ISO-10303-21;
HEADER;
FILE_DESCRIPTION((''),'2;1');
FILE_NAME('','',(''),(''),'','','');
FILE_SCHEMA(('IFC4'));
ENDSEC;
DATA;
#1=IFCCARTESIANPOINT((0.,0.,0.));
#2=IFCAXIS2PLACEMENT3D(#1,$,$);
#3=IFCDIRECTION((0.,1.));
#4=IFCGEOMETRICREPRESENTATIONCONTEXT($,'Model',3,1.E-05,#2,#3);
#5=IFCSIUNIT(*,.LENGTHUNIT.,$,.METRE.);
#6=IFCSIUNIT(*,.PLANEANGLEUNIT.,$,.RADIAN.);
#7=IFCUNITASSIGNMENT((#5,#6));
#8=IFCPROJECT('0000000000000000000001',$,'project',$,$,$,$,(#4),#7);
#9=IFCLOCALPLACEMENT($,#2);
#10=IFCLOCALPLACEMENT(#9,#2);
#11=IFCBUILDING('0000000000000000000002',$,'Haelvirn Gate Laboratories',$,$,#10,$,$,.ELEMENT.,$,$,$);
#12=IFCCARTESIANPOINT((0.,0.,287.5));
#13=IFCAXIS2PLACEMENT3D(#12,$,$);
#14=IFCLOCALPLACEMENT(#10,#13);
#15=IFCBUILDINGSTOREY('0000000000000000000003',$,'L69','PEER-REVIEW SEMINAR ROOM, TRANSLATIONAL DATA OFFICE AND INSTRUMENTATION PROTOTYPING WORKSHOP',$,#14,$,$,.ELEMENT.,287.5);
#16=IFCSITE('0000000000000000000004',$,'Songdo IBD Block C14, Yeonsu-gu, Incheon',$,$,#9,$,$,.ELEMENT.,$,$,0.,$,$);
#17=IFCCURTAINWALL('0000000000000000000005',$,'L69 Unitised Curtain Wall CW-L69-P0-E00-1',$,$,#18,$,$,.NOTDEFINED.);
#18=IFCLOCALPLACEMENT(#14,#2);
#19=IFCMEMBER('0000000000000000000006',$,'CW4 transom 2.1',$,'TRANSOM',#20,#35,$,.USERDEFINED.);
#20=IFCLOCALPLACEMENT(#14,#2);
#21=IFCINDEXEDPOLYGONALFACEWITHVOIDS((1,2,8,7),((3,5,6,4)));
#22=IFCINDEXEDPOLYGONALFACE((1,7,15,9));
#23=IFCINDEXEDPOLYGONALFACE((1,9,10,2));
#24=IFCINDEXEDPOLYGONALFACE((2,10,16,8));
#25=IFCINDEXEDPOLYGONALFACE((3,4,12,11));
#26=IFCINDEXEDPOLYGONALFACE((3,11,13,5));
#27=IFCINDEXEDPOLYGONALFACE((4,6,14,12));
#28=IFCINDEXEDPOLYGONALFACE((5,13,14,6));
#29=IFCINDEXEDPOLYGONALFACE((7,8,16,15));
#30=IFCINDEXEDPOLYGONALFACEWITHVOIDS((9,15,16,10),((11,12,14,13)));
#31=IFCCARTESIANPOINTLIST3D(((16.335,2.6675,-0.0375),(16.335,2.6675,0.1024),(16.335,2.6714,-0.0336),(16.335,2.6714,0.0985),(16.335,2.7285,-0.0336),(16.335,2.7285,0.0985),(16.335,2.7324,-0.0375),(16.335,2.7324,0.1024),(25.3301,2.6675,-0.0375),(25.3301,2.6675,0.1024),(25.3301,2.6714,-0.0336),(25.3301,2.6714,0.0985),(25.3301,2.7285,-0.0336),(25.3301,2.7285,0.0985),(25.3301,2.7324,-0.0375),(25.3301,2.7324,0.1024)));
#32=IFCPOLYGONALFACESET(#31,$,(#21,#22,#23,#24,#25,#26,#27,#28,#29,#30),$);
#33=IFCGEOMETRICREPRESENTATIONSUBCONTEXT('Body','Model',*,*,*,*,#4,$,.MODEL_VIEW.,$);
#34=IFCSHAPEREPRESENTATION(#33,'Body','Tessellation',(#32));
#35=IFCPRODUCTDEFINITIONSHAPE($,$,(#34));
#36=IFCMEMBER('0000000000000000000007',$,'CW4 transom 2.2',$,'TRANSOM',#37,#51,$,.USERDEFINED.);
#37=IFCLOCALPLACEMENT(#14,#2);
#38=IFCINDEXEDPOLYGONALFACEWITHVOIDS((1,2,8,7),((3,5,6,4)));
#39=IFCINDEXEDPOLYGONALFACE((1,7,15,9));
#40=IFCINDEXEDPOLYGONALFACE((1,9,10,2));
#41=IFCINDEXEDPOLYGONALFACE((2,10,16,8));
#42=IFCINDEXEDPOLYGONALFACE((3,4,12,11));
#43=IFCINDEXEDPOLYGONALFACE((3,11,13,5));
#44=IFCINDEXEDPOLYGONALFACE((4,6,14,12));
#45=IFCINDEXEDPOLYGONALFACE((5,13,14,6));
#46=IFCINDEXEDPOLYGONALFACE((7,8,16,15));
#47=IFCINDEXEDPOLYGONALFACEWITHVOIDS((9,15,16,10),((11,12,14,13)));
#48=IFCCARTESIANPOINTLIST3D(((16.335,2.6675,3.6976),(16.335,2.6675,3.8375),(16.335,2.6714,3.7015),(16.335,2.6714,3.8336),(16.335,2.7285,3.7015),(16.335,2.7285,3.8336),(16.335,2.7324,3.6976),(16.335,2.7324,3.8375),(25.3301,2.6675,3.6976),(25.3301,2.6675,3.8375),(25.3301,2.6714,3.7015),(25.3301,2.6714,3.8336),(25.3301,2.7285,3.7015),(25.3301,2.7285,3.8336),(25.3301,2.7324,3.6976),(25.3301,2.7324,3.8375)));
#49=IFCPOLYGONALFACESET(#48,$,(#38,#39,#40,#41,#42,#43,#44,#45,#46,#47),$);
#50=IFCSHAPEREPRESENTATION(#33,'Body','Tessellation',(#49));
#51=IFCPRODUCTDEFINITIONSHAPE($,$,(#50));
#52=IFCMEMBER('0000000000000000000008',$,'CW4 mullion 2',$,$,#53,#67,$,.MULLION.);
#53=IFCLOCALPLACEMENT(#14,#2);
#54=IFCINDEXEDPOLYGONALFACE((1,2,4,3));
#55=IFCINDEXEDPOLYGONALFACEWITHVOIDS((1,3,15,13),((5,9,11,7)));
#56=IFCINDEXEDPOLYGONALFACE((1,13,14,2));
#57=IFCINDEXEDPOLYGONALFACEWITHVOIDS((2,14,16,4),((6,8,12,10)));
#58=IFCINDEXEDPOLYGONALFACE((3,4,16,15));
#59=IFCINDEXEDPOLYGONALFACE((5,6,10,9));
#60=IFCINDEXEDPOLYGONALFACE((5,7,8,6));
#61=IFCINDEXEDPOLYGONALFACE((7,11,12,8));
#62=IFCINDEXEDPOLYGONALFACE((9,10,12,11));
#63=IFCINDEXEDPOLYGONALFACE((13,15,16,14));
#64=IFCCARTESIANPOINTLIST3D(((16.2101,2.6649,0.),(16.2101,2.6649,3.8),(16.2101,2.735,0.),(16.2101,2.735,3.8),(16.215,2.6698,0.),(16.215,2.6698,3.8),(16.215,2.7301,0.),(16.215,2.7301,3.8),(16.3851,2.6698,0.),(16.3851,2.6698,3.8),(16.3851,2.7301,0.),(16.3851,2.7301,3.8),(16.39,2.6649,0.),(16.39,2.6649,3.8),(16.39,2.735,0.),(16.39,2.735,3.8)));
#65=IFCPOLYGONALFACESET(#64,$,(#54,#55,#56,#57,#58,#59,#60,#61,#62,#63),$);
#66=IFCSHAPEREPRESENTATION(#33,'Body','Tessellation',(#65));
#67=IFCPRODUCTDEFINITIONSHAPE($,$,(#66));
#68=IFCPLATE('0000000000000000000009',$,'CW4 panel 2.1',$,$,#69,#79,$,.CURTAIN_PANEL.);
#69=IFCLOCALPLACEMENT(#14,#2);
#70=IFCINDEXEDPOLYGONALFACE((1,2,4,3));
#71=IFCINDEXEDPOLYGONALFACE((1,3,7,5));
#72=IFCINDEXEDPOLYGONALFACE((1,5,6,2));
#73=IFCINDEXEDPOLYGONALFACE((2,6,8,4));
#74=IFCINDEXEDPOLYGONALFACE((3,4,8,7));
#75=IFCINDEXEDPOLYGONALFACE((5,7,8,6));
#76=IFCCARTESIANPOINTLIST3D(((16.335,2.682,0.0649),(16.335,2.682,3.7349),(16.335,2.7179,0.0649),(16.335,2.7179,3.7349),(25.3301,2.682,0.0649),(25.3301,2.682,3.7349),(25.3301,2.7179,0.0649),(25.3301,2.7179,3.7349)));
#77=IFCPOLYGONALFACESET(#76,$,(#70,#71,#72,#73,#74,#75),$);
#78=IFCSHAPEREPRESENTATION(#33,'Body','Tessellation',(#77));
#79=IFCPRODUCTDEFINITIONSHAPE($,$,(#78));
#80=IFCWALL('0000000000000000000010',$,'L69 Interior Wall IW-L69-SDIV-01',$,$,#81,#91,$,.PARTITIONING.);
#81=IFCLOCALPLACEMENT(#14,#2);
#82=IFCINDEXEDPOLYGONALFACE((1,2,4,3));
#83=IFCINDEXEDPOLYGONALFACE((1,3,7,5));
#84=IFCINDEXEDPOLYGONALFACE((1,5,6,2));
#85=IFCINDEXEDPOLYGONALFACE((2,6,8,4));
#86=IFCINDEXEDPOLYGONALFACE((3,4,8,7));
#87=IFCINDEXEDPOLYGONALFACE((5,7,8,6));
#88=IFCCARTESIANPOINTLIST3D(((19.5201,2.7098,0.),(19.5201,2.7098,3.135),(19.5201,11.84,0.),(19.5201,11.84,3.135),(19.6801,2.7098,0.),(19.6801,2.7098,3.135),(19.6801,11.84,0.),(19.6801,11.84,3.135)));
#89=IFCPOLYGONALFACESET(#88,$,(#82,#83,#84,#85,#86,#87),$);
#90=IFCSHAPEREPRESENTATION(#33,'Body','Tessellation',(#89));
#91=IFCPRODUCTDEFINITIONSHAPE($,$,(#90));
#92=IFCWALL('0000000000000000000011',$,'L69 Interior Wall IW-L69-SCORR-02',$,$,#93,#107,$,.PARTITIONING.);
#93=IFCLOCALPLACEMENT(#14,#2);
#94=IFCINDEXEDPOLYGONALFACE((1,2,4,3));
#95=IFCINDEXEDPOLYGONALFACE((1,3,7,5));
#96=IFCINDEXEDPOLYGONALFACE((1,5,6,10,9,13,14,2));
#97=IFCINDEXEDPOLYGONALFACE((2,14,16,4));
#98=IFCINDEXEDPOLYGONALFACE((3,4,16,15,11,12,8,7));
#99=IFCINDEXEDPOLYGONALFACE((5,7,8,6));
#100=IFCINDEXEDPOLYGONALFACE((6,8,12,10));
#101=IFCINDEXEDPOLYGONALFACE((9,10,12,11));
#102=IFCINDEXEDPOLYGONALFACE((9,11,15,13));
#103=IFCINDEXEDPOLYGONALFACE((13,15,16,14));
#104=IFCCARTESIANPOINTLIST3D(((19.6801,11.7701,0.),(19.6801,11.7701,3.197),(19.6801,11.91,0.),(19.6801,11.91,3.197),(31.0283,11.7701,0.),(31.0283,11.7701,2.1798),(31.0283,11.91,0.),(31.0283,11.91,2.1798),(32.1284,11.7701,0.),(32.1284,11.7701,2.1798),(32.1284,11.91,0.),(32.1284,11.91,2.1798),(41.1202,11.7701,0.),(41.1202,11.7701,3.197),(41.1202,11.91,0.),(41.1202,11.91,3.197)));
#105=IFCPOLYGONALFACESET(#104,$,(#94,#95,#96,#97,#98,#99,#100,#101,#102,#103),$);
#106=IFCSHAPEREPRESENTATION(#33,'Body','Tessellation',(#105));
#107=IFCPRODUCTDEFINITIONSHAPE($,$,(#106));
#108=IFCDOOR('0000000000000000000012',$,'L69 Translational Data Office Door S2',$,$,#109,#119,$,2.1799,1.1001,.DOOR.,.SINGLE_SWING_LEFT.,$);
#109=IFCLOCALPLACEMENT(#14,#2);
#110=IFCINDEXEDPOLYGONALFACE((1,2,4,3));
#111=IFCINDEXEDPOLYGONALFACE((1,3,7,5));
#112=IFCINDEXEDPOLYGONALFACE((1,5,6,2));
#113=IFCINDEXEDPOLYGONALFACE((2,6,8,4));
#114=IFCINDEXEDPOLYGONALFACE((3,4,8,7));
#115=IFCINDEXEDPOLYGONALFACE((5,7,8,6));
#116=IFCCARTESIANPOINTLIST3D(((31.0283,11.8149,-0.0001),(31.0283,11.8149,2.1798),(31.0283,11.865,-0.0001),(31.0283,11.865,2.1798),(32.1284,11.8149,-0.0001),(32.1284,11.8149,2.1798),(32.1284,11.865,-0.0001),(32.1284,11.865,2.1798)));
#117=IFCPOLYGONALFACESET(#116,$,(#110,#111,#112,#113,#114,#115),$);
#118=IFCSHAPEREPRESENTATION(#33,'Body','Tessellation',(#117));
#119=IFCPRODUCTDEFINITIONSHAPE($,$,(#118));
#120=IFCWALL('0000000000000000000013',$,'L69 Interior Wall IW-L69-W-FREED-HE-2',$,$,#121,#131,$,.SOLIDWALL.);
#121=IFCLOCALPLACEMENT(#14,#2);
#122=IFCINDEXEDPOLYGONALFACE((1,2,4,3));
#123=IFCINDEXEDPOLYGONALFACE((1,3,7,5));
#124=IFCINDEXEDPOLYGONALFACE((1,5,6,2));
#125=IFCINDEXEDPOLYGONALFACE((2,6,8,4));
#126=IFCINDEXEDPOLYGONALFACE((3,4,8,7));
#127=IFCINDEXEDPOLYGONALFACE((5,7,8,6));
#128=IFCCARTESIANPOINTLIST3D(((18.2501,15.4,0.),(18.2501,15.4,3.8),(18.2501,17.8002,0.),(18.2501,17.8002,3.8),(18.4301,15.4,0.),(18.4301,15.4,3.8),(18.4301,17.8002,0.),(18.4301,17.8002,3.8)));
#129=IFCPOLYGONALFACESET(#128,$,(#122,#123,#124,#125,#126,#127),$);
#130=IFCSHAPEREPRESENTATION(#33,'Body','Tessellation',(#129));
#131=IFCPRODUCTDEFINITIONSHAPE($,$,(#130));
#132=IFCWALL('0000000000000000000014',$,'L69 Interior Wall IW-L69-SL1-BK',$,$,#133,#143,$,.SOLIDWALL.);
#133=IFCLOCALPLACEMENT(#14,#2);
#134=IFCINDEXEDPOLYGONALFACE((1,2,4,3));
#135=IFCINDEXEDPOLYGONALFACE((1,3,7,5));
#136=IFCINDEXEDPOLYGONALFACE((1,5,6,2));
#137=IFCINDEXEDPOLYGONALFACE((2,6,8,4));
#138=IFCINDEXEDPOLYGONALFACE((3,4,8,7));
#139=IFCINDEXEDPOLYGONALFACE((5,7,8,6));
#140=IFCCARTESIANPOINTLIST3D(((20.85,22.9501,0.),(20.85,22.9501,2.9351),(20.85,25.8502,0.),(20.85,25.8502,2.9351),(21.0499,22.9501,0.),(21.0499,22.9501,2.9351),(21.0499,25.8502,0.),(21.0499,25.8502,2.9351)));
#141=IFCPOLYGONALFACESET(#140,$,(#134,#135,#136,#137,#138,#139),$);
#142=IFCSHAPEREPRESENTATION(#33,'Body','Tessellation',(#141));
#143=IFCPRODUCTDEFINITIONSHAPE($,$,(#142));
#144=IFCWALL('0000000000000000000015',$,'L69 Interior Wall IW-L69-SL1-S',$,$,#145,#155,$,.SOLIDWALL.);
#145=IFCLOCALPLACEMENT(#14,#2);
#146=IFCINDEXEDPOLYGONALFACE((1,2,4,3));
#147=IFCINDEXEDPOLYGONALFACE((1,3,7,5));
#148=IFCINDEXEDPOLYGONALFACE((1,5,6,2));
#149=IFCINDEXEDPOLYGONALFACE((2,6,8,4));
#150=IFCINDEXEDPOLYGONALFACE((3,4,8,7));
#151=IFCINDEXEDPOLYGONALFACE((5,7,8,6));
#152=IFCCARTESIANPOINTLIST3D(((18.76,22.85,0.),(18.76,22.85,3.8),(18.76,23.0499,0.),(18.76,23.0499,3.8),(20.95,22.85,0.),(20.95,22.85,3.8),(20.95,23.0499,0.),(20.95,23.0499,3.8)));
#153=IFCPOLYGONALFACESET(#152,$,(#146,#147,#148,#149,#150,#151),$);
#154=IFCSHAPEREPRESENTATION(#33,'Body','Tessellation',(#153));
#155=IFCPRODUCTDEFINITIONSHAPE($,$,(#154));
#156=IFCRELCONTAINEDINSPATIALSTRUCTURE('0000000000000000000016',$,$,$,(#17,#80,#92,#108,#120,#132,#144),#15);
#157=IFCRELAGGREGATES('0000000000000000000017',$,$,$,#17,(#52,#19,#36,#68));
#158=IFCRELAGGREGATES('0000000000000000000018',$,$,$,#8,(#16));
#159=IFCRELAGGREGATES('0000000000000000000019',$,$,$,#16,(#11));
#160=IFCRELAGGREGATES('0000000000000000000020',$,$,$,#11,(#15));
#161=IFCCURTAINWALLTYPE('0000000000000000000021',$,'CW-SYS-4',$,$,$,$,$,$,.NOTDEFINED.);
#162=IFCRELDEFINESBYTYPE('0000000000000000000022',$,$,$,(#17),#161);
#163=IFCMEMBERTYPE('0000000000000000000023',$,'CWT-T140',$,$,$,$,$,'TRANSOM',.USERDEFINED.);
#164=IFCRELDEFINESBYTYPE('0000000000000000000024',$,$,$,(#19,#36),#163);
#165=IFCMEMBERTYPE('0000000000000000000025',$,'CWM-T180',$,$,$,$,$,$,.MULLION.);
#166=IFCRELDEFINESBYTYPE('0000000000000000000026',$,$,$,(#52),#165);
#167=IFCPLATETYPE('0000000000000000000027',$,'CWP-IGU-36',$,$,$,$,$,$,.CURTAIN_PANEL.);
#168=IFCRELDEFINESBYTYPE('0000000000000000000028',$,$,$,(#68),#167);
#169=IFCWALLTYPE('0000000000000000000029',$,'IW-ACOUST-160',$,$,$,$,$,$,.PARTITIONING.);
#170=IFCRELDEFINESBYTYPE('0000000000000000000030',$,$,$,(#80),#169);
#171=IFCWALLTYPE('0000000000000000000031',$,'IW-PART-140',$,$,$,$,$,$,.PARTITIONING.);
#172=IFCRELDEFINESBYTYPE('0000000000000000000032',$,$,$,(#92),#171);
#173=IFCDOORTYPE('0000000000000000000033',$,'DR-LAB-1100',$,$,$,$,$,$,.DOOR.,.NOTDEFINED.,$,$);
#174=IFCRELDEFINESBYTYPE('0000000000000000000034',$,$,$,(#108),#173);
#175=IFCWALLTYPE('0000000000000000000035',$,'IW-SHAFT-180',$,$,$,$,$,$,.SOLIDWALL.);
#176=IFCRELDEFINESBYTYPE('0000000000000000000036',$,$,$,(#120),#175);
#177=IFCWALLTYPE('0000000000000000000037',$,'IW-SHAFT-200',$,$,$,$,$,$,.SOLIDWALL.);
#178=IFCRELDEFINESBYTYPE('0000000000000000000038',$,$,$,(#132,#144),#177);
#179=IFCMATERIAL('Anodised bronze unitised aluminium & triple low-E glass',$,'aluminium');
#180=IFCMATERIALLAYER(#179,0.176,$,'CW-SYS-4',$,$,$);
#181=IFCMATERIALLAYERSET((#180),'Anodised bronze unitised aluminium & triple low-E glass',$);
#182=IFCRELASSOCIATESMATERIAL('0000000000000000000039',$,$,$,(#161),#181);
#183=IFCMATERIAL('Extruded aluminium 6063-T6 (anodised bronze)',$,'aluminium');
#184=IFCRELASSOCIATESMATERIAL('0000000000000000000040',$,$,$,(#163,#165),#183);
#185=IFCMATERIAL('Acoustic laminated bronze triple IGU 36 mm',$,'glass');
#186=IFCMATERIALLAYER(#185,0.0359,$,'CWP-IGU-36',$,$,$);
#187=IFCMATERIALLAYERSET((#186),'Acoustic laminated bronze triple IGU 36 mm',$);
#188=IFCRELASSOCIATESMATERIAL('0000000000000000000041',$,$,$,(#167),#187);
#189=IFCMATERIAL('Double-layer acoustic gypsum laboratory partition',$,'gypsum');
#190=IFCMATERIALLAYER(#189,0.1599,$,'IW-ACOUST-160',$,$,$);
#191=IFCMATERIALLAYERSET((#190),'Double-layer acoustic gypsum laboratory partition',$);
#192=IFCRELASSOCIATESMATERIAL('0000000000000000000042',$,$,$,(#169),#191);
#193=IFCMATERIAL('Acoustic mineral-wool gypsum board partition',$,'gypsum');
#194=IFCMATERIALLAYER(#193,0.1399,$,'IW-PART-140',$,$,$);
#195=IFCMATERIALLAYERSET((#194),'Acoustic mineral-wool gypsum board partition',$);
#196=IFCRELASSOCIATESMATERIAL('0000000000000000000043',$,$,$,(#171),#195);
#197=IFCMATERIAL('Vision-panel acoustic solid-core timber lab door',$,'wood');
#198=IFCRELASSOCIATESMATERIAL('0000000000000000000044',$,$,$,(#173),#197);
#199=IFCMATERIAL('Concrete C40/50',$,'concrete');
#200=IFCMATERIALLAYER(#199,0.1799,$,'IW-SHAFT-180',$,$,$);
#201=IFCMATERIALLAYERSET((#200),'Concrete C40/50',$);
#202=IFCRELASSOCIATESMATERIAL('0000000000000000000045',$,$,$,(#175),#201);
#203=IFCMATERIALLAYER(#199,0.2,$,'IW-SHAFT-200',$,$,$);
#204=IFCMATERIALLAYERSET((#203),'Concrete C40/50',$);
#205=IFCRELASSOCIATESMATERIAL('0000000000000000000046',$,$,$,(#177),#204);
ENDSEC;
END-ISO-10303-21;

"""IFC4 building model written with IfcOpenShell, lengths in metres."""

from ifc_helpers import new_model, si_unit, direction, frame, frame_2d, origin, origin_2d, place, context, subcontext, project, spatial, rectangle, hollow_rectangle, extrude, source, transform, mapped, material, layer, layer_set, material_profile, profile_set, type_object, type_shapes, element, fill, aggregate, save


model = new_model("IFC4")

# Units and contexts
model_context = context("Model", 3, precision=1e-05, world=origin(), true_north=direction((0.0, 1.0)))
body_context = subcontext(model_context, "Body", "Model", "MODEL_VIEW")
ifc_project = project(units=[si_unit("LENGTHUNIT", "METRE"), si_unit("PLANEANGLEUNIT", "RADIAN")], contexts=[model_context])

# Site, building, storey
site_placement = place(None, origin())
site = spatial("IfcSite", under=ifc_project, at=site_placement, Name="Songdo IBD Block C14, Yeonsu-gu, Incheon", CompositionType="ELEMENT", RefElevation=0.0)
building_placement = place(site_placement, origin())
building = spatial("IfcBuilding", under=site, at=building_placement, Name="Haelvirn Gate Laboratories", CompositionType="ELEMENT")
storey_placement = place(building_placement, frame((0.0, 0.0, 287.5)))
storey = spatial("IfcBuildingStorey", under=building, at=storey_placement, Name="L69", Description="PEER-REVIEW SEMINAR ROOM, TRANSLATIONAL DATA OFFICE AND INSTRUMENTATION PROTOTYPING WORKSHOP", CompositionType="ELEMENT", Elevation=287.5)

# Curtain wall, members, plate
ifc_material_1 = material(Name="Anodised bronze unitised aluminium & triple low-E glass", Category="aluminium")
ifc_layer_1 = layer(ifc_material_1, 0.176, Name="CW-SYS-4")
ifc_layer_set_1 = layer_set([ifc_layer_1], Name="Anodised bronze unitised aluminium & triple low-E glass")
curtain_wall_type = type_object("IfcCurtainWallType", Name="CW-SYS-4", PredefinedType="NOTDEFINED", material=ifc_layer_set_1)
curtain_wall_placement = place(storey_placement, origin())
curtain_wall = element("IfcCurtainWall", 1, at=curtain_wall_placement, inside=storey, type_object=curtain_wall_type, Name="L69 Unitised Curtain Wall CW-L69-P0-E00-1", PredefinedType="NOTDEFINED")
ifc_material_2 = material(Name="Extruded aluminium 6063-T6 (anodised bronze)", Category="aluminium")
ifc_material_profile_1 = material_profile(ifc_material_2, hollow_rectangle(XDim=0.0649, YDim=0.1399, WallThickness=0.0039, at=origin_2d()), Name="CWT-140x65x4")
ifc_profile_set_1 = profile_set([ifc_material_profile_1], Name="Extruded aluminium 6063-T6 (anodised bronze)")
member_type_1 = type_object("IfcMemberType", Name="CWT-T140", ElementType="TRANSOM", PredefinedType="USERDEFINED", material=ifc_profile_set_1)
shared_shape_1 = source(origin(), body_context, "Body", "SweptSolid", [
    extrude(hollow_rectangle(XDim=0.0649, YDim=0.1399, WallThickness=0.0039, at=origin_2d()), origin(), (0.0, 0.0, 1.0), 8.9951),
])
type_shapes(member_type_1, [shared_shape_1])
member_1_placement = place(storey_placement, frame((16.335, 2.7, 0.0325), z_axis=(1.0, 0.0, 0.0), x_axis=(0.0, 1.0, 0.0)))
member_1 = element("IfcMember", 2, at=member_1_placement, type_object=member_type_1, Name="CW4 transom 2.1", ObjectType="TRANSOM", PredefinedType="USERDEFINED", context=body_context, shape_type="MappedRepresentation", body=[
    mapped(shared_shape_1, transform((0.0, 0.0, 0.0), scale=1.0)),
])
member_2_placement = place(storey_placement, frame((16.335, 2.7, 3.7676), z_axis=(1.0, 0.0, 0.0), x_axis=(0.0, 1.0, 0.0)))
member_2 = element("IfcMember", 3, at=member_2_placement, type_object=member_type_1, Name="CW4 transom 2.2", ObjectType="TRANSOM", PredefinedType="USERDEFINED", context=body_context, shape_type="MappedRepresentation", body=[
    mapped(shared_shape_1, transform((0.0, 0.0, 0.0), scale=1.0)),
])
ifc_material_profile_2 = material_profile(ifc_material_2, hollow_rectangle(XDim=0.0701, YDim=0.1799, WallThickness=0.0049, at=origin_2d()), Name="CWM-180x70x5")
ifc_profile_set_2 = profile_set([ifc_material_profile_2], Name="Extruded aluminium 6063-T6 (anodised bronze)")
member_type_2 = type_object("IfcMemberType", Name="CWM-T180", PredefinedType="MULLION", material=ifc_profile_set_2)
shared_shape_2 = source(origin(), body_context, "Body", "SweptSolid", [
    extrude(hollow_rectangle(XDim=0.0701, YDim=0.1799, WallThickness=0.0049, at=origin_2d()), origin(), (0.0, 0.0, 1.0), 3.8),
])
type_shapes(member_type_2, [shared_shape_2])
member_3_placement = place(storey_placement, frame((16.3, 2.7, 0.0), z_axis=(0.0, 0.0, 1.0), x_axis=(0.0, 1.0, 0.0)))
member_3 = element("IfcMember", 4, at=member_3_placement, type_object=member_type_2, Name="CW4 mullion 2", PredefinedType="MULLION", context=body_context, shape_type="MappedRepresentation", body=[
    mapped(shared_shape_2, transform((0.0, 0.0, 0.0), scale=1.0)),
])
ifc_material_3 = material(Name="Acoustic laminated bronze triple IGU 36 mm", Category="glass")
ifc_layer_2 = layer(ifc_material_3, 0.0359, Name="CWP-IGU-36")
ifc_layer_set_2 = layer_set([ifc_layer_2], Name="Acoustic laminated bronze triple IGU 36 mm")
plate_type = type_object("IfcPlateType", Name="CWP-IGU-36", PredefinedType="CURTAIN_PANEL", material=ifc_layer_set_2)
shared_shape_3 = source(origin(), body_context, "Body", "SweptSolid", [
    extrude(rectangle(XDim=8.9951, YDim=0.0359, at=origin_2d()), origin(), (0.0, 0.0, 1.0), 3.6699),
])
type_shapes(plate_type, [shared_shape_3])
plate_placement = place(storey_placement, frame((20.8325, 2.7, 0.0649), z_axis=(0.0, 0.0, 1.0), x_axis=(1.0, 0.0, 0.0)))
plate = element("IfcPlate", 5, at=plate_placement, type_object=plate_type, Name="CW4 panel 2.1", PredefinedType="CURTAIN_PANEL", context=body_context, shape_type="MappedRepresentation", body=[
    mapped(shared_shape_3, transform((0.0, 0.0, 0.0), scale=1.0)),
])
aggregate(curtain_wall, [member_3, member_1, member_2, plate])

# Wall
ifc_material_4 = material(Name="Double-layer acoustic gypsum laboratory partition", Category="gypsum")
ifc_layer_3 = layer(ifc_material_4, 0.1599, Name="IW-ACOUST-160")
ifc_layer_set_3 = layer_set([ifc_layer_3], Name="Double-layer acoustic gypsum laboratory partition")
wall_type_1 = type_object("IfcWallType", Name="IW-ACOUST-160", PredefinedType="PARTITIONING", material=ifc_layer_set_3)
wall_1_placement = place(storey_placement, frame((19.6001, 2.71, 0.0), z_axis=(0.0, 0.0, 1.0), x_axis=(0.0, 1.0, 0.0)))
element("IfcWall", 6, at=wall_1_placement, inside=storey, type_object=wall_type_1, Name="L69 Interior Wall IW-L69-SDIV-01", PredefinedType="PARTITIONING", context=body_context, shape_type="SweptSolid", body=[
    extrude(rectangle(XDim=9.1301, YDim=0.1599, at=frame_2d((4.5649, 0.0))), origin(), (0.0, 0.0, 1.0), 3.135),
])

# Wall, opening, door
ifc_material_5 = material(Name="Acoustic mineral-wool gypsum board partition", Category="gypsum")
ifc_layer_4 = layer(ifc_material_5, 0.1399, Name="IW-PART-140")
ifc_layer_set_4 = layer_set([ifc_layer_4], Name="Acoustic mineral-wool gypsum board partition")
wall_type_2 = type_object("IfcWallType", Name="IW-PART-140", PredefinedType="PARTITIONING", material=ifc_layer_set_4)
wall_2_placement = place(storey_placement, frame((19.6799, 11.8401, 0.0), z_axis=(0.0, 0.0, 1.0), x_axis=(1.0, 0.0, 0.0)))
wall_2 = element("IfcWall", 7, at=wall_2_placement, inside=storey, type_object=wall_type_2, Name="L69 Interior Wall IW-L69-SCORR-02", PredefinedType="PARTITIONING", context=body_context, shape_type="SweptSolid", body=[
    extrude(rectangle(XDim=21.4402, YDim=0.1399, at=frame_2d((10.7202, 0.0))), origin(), (0.0, 0.0, 1.0), 3.197),
])
opening_1_placement = place(wall_2_placement, frame((11.3484, 0.0, 0.0)))
opening_1 = element("IfcOpeningElement", 8, at=opening_1_placement, cuts=wall_2, PredefinedType="OPENING", context=body_context, shape_type="SweptSolid", body=[
    extrude(rectangle(XDim=1.1001, YDim=2.1799, at=frame_2d((0.55, 1.0898))), frame((0.0, 0.0801, 0.0), z_axis=(0.0, -1.0, 0.0), x_axis=(1.0, 0.0, 0.0)), (0.0, 0.0, 1.0), 0.1599),
])
ifc_material_6 = material(Name="Vision-panel acoustic solid-core timber lab door", Category="wood")
door_type_1 = type_object("IfcDoorType", Name="DR-LAB-1100", OperationType="NOTDEFINED", PredefinedType="DOOR", material=ifc_material_6)
shared_shape_4 = source(origin(), body_context, "Body", "SweptSolid", [
    extrude(rectangle(XDim=1.1001, YDim=2.1799, at=frame_2d((0.55, 1.0898))), frame((0.0, 0.0249, 0.0), z_axis=(0.0, -1.0, 0.0), x_axis=(1.0, 0.0, 0.0)), (0.0, 0.0, 1.0), 0.05),
])
type_shapes(door_type_1, [shared_shape_4])
door_1_placement = place(opening_1_placement, origin())
door_1 = element("IfcDoor", 9, at=door_1_placement, inside=storey, type_object=door_type_1, Name="L69 Translational Data Office Door S2", OperationType="SINGLE_SWING_LEFT", OverallHeight=2.1799, OverallWidth=1.1001, PredefinedType="DOOR", context=body_context, shape_type="MappedRepresentation", body=[
    mapped(shared_shape_4, transform((0.0, 0.0, 0.0), scale=1.0)),
])
fill(opening_1, door_1)

# Walls
ifc_material_7 = material(Name="Concrete C40/50", Category="concrete")
ifc_layer_5 = layer(ifc_material_7, 0.1799, Name="IW-SHAFT-180")
ifc_layer_set_5 = layer_set([ifc_layer_5], Name="Concrete C40/50")
wall_type_3 = type_object("IfcWallType", Name="IW-SHAFT-180", PredefinedType="SOLIDWALL", material=ifc_layer_set_5)
wall_3_placement = place(storey_placement, frame((18.3401, 15.3999, 0.0), z_axis=(0.0, 0.0, 1.0), x_axis=(0.0, 1.0, 0.0)))
element("IfcWall", 10, at=wall_3_placement, inside=storey, type_object=wall_type_3, Name="L69 Interior Wall IW-L69-W-FREED-HE-2", PredefinedType="SOLIDWALL", context=body_context, shape_type="SweptSolid", body=[
    extrude(rectangle(XDim=2.4001, YDim=0.1799, at=frame_2d((1.2002, 0.0))), origin(), (0.0, 0.0, 1.0), 3.8),
])
ifc_layer_6 = layer(ifc_material_7, 0.2, Name="IW-SHAFT-200")
ifc_layer_set_6 = layer_set([ifc_layer_6], Name="Concrete C40/50")
wall_type_4 = type_object("IfcWallType", Name="IW-SHAFT-200", PredefinedType="SOLIDWALL", material=ifc_layer_set_6)
wall_4_placement = place(storey_placement, frame((20.95, 22.95, 0.0), z_axis=(0.0, 0.0, 1.0), x_axis=(0.0, 1.0, 0.0)))
element("IfcWall", 11, at=wall_4_placement, inside=storey, type_object=wall_type_4, Name="L69 Interior Wall IW-L69-SL1-BK", PredefinedType="SOLIDWALL", context=body_context, shape_type="SweptSolid", body=[
    extrude(rectangle(XDim=2.9001, YDim=0.2, at=frame_2d((1.4502, 0.0))), origin(), (0.0, 0.0, 1.0), 2.9351),
])
wall_5_placement = place(storey_placement, frame((18.76, 22.95, 0.0), z_axis=(0.0, 0.0, 1.0), x_axis=(1.0, 0.0, 0.0)))
element("IfcWall", 12, at=wall_5_placement, inside=storey, type_object=wall_type_4, Name="L69 Interior Wall IW-L69-SL1-S", PredefinedType="SOLIDWALL", context=body_context, shape_type="SweptSolid", body=[
    extrude(rectangle(XDim=2.1899, YDim=0.2, at=frame_2d((1.095, 0.0))), origin(), (0.0, 0.0, 1.0), 3.8),
])

save(model, "model.ifc")
